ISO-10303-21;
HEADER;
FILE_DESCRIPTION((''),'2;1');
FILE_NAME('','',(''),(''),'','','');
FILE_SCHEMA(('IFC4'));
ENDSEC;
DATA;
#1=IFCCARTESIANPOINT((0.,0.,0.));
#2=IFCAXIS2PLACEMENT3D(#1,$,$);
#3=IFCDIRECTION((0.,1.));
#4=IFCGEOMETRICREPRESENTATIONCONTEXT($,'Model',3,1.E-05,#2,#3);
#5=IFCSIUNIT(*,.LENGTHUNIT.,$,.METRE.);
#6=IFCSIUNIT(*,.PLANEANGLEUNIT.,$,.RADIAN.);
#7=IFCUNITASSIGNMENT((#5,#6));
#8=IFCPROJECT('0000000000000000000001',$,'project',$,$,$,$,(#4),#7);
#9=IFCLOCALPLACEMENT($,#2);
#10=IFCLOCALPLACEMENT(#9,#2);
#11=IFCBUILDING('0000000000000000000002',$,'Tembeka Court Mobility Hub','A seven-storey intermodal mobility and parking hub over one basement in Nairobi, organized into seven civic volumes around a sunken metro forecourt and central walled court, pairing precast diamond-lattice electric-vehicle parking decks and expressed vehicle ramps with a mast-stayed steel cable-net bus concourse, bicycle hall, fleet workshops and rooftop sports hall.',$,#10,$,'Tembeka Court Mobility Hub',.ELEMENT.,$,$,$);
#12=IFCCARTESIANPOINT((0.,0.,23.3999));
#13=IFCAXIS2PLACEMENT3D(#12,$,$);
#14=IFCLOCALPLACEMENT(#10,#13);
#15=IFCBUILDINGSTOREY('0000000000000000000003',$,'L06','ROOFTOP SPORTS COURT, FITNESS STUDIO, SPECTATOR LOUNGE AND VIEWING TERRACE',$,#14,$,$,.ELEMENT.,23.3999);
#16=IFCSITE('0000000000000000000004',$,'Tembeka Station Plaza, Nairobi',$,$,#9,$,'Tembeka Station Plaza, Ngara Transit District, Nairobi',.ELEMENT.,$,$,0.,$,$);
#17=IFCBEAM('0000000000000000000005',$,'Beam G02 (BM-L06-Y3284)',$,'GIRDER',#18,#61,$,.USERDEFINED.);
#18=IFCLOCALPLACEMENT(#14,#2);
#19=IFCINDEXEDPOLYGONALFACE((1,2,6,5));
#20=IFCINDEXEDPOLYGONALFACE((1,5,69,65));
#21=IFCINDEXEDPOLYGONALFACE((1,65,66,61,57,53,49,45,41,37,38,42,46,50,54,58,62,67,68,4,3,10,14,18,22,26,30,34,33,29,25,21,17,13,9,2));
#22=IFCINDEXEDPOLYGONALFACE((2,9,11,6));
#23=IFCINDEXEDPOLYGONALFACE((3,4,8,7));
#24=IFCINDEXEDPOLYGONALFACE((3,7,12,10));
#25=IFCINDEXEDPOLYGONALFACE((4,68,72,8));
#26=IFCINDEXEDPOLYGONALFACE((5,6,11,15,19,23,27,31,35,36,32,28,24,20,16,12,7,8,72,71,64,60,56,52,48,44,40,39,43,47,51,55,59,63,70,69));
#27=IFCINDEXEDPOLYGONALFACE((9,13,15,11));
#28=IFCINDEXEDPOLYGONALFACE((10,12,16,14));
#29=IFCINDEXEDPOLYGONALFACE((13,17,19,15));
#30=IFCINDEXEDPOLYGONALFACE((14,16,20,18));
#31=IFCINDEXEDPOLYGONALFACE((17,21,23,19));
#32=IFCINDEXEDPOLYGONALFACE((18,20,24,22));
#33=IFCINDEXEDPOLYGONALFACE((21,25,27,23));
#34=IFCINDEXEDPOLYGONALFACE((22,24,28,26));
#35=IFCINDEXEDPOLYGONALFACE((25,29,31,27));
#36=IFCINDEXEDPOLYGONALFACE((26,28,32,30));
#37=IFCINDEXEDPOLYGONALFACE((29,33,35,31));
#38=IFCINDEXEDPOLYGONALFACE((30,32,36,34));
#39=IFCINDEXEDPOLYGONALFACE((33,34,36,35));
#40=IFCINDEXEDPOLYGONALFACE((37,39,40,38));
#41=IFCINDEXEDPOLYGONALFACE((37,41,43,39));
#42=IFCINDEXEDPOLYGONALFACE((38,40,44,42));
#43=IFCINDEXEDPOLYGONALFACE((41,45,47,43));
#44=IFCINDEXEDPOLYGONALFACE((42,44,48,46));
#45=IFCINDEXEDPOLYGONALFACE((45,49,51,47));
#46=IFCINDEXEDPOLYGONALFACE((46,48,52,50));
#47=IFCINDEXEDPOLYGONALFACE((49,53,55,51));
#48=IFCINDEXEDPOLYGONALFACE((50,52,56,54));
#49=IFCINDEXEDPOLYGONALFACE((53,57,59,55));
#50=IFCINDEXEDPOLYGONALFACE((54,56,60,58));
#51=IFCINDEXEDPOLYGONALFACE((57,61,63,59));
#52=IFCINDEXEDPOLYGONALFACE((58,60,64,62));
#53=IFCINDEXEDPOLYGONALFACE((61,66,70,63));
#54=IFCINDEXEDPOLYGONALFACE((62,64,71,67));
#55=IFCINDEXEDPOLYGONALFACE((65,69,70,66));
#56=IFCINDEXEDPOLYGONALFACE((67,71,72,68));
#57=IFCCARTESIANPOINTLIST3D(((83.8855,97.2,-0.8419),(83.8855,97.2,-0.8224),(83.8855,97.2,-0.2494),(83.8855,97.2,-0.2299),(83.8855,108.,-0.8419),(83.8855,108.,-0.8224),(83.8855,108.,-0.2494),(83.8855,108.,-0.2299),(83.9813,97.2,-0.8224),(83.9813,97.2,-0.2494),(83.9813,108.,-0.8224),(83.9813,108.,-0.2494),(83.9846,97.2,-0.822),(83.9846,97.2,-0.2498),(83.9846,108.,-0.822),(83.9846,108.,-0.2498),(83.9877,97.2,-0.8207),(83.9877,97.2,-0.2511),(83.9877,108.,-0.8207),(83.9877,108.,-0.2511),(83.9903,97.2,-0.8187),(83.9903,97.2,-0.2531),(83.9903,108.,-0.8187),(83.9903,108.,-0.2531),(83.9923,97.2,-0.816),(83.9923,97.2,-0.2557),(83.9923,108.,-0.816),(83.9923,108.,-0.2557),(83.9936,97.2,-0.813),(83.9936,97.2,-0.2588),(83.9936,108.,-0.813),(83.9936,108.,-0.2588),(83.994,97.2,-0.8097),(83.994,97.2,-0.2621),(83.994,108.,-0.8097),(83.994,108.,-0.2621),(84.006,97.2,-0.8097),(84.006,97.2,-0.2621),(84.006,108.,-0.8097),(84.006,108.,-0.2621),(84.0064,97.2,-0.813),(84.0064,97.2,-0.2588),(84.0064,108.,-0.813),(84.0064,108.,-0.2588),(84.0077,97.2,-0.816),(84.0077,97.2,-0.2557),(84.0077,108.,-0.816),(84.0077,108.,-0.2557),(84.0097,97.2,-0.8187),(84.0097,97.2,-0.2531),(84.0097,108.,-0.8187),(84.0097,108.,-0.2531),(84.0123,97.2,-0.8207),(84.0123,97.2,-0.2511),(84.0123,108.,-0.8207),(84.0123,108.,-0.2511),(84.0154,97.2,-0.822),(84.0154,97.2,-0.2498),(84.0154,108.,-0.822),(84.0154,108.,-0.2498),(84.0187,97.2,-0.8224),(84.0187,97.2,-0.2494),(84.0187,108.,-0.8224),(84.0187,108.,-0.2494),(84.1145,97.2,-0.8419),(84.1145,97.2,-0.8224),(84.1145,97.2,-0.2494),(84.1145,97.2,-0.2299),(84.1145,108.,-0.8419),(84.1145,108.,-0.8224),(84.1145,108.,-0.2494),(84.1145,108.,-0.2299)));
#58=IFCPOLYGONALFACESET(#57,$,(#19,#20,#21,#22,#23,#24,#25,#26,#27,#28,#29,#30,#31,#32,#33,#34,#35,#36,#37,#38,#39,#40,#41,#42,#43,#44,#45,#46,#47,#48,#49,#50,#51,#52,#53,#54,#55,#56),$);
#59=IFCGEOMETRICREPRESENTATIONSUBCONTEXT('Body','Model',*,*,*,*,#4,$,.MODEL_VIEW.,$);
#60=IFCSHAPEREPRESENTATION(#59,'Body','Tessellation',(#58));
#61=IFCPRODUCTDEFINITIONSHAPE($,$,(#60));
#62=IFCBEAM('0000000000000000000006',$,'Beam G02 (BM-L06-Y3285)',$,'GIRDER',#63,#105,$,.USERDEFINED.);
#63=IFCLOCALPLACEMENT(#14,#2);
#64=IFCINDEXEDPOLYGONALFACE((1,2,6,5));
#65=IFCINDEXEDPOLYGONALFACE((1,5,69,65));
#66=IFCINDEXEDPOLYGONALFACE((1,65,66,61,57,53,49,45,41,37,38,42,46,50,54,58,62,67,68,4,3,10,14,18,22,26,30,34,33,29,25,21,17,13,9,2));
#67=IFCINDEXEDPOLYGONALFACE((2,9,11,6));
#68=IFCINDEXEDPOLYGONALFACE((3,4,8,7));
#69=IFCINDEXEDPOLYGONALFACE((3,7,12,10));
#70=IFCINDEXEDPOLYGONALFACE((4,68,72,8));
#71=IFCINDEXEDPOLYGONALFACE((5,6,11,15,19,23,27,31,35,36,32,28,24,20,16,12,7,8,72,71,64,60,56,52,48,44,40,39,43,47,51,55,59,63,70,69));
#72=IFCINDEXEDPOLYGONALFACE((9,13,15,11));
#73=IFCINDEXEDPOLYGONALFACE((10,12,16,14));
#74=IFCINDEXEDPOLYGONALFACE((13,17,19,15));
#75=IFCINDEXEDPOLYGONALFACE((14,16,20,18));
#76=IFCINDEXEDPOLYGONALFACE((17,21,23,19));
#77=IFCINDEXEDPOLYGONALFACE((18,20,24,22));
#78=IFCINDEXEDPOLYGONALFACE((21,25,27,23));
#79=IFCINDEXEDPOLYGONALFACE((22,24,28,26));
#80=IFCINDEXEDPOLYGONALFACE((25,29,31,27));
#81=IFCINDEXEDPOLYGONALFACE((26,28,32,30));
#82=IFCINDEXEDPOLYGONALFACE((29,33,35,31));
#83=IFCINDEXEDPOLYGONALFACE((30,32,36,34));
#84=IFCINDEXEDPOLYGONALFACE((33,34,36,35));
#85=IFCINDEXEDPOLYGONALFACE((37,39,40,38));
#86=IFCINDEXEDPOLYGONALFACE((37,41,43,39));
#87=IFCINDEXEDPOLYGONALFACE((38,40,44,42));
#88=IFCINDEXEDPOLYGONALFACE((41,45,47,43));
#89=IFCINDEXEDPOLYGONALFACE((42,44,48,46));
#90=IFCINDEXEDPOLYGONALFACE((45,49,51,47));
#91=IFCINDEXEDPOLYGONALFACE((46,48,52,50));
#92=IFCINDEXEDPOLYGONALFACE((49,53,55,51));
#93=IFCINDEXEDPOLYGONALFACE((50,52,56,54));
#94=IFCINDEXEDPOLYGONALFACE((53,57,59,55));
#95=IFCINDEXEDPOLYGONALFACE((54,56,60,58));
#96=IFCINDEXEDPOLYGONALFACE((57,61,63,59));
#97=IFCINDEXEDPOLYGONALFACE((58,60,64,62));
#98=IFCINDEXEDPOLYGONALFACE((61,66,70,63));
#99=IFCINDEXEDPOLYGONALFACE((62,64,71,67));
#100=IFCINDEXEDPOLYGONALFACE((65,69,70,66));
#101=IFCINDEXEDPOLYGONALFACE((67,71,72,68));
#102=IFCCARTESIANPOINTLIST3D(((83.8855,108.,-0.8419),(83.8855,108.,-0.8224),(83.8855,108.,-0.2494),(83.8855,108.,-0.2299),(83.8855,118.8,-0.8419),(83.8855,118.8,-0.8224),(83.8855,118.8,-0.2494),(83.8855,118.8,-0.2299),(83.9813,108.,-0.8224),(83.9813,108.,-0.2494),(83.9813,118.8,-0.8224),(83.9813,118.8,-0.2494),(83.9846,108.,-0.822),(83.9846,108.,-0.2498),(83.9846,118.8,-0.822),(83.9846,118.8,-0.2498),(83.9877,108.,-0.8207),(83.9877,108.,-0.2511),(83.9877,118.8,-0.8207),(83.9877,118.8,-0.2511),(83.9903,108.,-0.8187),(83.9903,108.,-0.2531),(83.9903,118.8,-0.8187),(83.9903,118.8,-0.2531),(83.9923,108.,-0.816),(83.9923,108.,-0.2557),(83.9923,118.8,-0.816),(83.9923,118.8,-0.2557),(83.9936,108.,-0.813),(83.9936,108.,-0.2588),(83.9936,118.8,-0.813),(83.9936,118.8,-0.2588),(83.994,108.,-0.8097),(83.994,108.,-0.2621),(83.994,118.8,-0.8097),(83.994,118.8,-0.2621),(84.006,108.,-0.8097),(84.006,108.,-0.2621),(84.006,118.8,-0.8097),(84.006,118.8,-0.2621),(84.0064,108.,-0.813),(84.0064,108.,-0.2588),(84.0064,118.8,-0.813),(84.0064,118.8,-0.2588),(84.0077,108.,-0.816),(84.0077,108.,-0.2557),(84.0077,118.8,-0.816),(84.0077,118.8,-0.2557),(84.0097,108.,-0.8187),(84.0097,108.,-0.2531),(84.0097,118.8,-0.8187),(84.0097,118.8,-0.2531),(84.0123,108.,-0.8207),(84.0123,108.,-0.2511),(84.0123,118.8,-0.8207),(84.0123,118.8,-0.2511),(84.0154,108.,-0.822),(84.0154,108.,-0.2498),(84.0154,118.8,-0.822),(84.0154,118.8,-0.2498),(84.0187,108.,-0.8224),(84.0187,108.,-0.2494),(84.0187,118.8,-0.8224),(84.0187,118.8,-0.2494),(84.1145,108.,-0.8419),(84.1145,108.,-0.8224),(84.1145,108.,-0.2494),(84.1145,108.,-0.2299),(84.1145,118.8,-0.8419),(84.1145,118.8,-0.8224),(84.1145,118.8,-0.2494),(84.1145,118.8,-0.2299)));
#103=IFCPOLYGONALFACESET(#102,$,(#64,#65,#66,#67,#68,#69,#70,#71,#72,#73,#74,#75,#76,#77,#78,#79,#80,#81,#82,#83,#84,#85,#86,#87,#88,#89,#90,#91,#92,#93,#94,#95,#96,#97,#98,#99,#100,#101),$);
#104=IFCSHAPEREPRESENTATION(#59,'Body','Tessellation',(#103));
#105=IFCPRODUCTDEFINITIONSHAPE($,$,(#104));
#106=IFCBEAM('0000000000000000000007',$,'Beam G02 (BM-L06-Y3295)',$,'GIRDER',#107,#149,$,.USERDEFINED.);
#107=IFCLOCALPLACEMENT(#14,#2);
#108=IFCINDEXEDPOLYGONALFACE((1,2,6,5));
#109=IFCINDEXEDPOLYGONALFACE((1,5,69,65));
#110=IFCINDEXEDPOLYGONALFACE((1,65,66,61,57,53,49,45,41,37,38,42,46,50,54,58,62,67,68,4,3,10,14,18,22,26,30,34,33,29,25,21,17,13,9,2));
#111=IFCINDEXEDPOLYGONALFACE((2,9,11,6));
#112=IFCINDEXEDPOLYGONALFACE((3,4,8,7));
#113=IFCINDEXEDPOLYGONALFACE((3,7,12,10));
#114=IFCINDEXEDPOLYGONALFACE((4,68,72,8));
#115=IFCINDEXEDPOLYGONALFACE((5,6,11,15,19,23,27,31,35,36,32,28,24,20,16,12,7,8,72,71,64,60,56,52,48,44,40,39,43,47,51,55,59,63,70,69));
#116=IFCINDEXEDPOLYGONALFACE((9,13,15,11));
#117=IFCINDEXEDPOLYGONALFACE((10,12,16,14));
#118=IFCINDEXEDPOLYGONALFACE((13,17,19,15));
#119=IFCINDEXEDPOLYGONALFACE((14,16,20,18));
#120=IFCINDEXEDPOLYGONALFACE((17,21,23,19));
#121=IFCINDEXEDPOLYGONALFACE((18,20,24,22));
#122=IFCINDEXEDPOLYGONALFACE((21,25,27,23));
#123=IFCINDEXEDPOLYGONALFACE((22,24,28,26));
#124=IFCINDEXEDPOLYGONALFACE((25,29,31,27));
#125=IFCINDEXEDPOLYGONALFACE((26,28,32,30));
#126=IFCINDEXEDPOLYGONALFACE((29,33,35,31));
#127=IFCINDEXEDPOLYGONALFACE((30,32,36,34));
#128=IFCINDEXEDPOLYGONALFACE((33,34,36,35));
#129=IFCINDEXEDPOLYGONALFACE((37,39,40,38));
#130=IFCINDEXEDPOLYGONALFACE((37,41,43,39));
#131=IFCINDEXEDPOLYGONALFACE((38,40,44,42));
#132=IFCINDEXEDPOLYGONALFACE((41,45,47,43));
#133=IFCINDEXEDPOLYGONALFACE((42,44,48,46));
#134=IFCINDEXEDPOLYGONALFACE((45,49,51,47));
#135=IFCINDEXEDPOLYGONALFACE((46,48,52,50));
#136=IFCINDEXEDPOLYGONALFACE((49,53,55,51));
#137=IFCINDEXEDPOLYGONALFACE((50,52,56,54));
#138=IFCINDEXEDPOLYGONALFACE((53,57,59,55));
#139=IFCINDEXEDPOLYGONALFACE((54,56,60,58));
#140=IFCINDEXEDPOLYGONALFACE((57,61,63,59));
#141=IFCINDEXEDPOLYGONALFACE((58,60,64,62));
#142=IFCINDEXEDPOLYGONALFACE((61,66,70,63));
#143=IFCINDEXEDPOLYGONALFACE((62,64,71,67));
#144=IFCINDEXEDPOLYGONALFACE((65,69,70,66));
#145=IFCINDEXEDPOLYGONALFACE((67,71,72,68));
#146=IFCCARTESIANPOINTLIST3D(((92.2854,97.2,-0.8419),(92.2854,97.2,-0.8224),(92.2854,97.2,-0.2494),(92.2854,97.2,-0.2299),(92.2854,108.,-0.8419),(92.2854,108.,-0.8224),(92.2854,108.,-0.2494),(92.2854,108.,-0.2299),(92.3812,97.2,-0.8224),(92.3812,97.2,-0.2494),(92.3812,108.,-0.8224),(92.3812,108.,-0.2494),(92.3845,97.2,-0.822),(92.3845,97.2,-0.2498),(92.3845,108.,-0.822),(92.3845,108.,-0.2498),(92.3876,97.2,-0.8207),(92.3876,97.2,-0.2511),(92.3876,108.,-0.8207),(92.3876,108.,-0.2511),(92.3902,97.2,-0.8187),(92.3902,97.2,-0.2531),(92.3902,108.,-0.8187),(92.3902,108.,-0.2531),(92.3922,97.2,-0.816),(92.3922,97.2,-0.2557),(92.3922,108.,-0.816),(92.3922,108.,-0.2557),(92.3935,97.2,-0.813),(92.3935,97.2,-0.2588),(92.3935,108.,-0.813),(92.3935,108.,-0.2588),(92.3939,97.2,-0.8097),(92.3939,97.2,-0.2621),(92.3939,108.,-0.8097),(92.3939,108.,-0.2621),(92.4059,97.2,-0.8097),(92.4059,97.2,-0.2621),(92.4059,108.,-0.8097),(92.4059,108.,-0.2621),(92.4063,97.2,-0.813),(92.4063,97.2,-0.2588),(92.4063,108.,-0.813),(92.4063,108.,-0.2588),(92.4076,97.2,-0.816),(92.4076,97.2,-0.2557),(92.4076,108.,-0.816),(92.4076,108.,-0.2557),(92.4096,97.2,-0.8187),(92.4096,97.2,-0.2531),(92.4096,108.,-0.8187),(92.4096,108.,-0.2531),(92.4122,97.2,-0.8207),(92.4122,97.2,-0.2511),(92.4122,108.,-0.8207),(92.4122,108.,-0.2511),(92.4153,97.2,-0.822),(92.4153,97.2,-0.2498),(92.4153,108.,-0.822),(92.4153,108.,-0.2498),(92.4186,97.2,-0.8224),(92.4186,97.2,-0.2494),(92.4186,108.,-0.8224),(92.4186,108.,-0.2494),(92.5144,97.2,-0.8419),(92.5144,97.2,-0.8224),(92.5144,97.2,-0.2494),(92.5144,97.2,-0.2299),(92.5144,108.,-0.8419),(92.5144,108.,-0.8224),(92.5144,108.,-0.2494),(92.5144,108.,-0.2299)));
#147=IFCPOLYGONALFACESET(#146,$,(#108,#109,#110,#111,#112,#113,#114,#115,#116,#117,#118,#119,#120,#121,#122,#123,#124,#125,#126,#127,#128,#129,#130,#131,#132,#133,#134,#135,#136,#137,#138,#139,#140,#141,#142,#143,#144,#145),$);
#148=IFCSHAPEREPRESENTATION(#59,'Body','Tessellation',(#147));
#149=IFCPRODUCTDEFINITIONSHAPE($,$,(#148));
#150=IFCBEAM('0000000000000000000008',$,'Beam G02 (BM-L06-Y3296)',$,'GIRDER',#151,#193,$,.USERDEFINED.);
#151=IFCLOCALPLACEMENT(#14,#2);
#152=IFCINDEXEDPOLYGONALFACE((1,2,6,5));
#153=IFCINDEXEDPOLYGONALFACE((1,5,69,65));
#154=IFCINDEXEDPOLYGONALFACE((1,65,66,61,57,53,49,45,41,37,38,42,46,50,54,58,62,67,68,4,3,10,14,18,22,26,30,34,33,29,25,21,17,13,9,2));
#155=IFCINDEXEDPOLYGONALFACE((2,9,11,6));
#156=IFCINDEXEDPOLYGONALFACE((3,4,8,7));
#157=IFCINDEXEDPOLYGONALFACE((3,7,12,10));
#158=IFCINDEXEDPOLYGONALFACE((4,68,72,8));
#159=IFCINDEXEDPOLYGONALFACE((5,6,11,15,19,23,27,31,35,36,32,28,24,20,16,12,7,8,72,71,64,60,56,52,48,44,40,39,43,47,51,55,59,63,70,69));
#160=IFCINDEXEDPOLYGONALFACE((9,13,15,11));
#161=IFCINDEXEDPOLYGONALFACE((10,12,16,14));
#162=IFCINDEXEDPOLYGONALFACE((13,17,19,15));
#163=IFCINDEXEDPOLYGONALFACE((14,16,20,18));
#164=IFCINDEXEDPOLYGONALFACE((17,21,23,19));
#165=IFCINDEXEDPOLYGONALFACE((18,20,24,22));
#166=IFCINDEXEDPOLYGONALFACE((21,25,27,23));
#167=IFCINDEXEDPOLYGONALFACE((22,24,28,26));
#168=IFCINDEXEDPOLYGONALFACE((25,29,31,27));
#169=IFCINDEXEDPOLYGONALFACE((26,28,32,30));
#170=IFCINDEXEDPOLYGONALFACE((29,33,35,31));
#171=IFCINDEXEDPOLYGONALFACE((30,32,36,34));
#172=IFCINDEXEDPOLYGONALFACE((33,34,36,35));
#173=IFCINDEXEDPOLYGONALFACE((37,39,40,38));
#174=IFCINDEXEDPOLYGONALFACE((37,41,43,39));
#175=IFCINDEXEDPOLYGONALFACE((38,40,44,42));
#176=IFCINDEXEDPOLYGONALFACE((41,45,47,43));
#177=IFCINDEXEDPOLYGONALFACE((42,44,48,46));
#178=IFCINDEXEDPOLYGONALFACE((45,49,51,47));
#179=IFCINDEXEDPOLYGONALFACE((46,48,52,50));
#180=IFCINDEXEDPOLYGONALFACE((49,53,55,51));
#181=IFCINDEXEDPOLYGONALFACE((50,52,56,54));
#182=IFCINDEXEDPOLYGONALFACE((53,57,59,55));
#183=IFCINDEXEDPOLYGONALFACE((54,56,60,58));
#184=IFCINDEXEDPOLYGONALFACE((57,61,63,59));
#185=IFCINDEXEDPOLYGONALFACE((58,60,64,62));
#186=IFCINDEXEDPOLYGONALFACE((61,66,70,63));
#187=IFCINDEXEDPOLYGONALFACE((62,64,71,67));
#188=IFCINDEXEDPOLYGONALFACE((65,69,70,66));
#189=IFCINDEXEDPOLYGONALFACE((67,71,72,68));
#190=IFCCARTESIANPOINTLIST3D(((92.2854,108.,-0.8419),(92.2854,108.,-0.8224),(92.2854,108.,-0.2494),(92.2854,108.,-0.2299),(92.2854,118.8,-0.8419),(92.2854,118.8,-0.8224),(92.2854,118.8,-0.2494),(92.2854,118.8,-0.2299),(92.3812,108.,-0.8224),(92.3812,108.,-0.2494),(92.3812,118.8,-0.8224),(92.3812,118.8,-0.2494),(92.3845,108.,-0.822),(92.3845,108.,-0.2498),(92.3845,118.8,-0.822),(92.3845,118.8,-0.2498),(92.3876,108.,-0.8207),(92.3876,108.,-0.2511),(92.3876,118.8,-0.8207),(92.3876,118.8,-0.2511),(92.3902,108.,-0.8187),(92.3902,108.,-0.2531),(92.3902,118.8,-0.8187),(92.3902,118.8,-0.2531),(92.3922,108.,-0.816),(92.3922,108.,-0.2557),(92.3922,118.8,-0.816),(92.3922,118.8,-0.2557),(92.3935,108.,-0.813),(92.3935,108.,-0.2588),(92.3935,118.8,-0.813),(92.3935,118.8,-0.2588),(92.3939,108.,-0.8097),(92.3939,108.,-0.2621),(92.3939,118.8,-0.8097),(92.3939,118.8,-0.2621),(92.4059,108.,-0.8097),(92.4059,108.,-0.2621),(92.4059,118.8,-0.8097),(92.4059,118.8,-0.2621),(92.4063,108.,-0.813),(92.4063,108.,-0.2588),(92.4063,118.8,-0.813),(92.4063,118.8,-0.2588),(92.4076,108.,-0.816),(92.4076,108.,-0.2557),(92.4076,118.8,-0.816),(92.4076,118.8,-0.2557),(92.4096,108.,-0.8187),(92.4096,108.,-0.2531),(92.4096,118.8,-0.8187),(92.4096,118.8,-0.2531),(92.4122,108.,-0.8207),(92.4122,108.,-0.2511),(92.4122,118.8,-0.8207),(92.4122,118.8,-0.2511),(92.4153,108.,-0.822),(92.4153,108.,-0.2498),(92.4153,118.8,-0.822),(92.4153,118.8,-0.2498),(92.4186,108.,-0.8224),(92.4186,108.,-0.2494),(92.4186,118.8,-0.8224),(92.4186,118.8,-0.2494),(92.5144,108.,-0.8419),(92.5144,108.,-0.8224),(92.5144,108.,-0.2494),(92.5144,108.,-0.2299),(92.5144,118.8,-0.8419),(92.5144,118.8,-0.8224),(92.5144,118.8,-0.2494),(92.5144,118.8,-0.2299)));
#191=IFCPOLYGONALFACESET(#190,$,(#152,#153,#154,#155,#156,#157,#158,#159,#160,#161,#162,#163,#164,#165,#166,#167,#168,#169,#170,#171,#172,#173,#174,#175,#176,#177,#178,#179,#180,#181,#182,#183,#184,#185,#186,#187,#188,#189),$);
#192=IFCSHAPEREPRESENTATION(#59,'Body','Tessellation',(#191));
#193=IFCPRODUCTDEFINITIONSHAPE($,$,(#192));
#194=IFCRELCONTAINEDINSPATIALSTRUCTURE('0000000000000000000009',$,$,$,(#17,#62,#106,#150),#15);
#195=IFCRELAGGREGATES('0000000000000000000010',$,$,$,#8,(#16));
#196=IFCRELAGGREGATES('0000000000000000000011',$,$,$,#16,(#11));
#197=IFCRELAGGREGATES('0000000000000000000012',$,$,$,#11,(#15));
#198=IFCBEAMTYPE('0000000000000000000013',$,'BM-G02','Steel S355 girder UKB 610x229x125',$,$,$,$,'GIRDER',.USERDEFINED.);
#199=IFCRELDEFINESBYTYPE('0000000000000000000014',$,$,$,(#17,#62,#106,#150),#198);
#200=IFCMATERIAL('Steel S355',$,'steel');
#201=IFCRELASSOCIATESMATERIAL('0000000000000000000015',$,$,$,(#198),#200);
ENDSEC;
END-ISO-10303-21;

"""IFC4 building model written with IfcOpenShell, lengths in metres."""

from ifc_helpers import new_model, si_unit, direction, frame, origin, origin_2d, place, context, subcontext, project, spatial, i_section, extrude, material, material_profile, profile_set, type_object, element, save


model = new_model("IFC4")

# Units and contexts
model_context = context("Model", 3, precision=1e-05, world=origin(), true_north=direction((0.0, 1.0)))
body_context = subcontext(model_context, "Body", "Model", "MODEL_VIEW")
ifc_project = project(units=[si_unit("LENGTHUNIT", "METRE"), si_unit("PLANEANGLEUNIT", "RADIAN")], contexts=[model_context])

# Site, building, storey
site_placement = place(None, origin())
site = spatial("IfcSite", under=ifc_project, at=site_placement, Name="Tembeka Station Plaza, Nairobi", LongName="Tembeka Station Plaza, Ngara Transit District, Nairobi", CompositionType="ELEMENT", RefElevation=0.0)
building_placement = place(site_placement, origin())
building = spatial("IfcBuilding", under=site, at=building_placement, Name="Tembeka Court Mobility Hub", Description="A seven-storey intermodal mobility and parking hub over one basement in Nairobi, organized into seven civic volumes around a sunken metro forecourt and central walled court, pairing precast diamond-lattice electric-vehicle parking decks and expressed vehicle ramps with a mast-stayed steel cable-net bus concourse, bicycle hall, fleet workshops and rooftop sports hall.", LongName="Tembeka Court Mobility Hub", CompositionType="ELEMENT")
storey_placement = place(building_placement, frame((0.0, 0.0, 23.3999)))
storey = spatial("IfcBuildingStorey", under=building, at=storey_placement, Name="L06", Description="ROOFTOP SPORTS COURT, FITNESS STUDIO, SPECTATOR LOUNGE AND VIEWING TERRACE", CompositionType="ELEMENT", Elevation=23.3999)

# Shared definitions
ifc_material_1 = material(Name="Steel S355", Category="steel")

# Beams
ifc_material_profile_1 = material_profile(ifc_material_1, i_section(OverallWidth=0.229, OverallDepth=0.6121, WebThickness=0.012, FlangeThickness=0.0195, FilletRadius=0.0127, at=origin_2d()), Name="UKB 610x229x125")
ifc_profile_set_1 = profile_set([ifc_material_profile_1], Name="Steel S355")
beam_type_1 = type_object("IfcBeamType", Name="BM-G02", Description="Steel S355 girder UKB 610x229x125", ElementType="GIRDER", PredefinedType="USERDEFINED", material=ifc_profile_set_1)
for number, where, z_axis, x_axis, name in (
    (1, (84.0, 97.2, -0.5359), (0.0, 1.0, 0.0), (-1.0, 0.0, 0.0), "Beam G02 (BM-L06-Y3284)"),
    (2, (84.0, 108.0, -0.5359), (0.0, 1.0, 0.0), (-1.0, 0.0, 0.0), "Beam G02 (BM-L06-Y3285)"),
    (3, (92.3999, 97.2, -0.5359), (0.0, 1.0, 0.0), (-1.0, 0.0, 0.0), "Beam G02 (BM-L06-Y3295)"),
    (4, (92.3999, 108.0, -0.5359), (0.0, 1.0, 0.0), (-1.0, 0.0, 0.0), "Beam G02 (BM-L06-Y3296)"),
):
    element("IfcBeam", number, at=place(storey_placement, frame(where, z_axis=z_axis, x_axis=x_axis)), inside=storey, type_object=beam_type_1, Name=name, ObjectType="GIRDER", PredefinedType="USERDEFINED", context=body_context, shape_type="SweptSolid", body=[
        extrude(i_section(OverallWidth=0.229, OverallDepth=0.6121, WebThickness=0.012, FlangeThickness=0.0195, FilletRadius=0.0127, at=origin_2d()), origin(), (0.0, 0.0, 1.0), 10.8),
    ])

save(model, "model.ifc")
